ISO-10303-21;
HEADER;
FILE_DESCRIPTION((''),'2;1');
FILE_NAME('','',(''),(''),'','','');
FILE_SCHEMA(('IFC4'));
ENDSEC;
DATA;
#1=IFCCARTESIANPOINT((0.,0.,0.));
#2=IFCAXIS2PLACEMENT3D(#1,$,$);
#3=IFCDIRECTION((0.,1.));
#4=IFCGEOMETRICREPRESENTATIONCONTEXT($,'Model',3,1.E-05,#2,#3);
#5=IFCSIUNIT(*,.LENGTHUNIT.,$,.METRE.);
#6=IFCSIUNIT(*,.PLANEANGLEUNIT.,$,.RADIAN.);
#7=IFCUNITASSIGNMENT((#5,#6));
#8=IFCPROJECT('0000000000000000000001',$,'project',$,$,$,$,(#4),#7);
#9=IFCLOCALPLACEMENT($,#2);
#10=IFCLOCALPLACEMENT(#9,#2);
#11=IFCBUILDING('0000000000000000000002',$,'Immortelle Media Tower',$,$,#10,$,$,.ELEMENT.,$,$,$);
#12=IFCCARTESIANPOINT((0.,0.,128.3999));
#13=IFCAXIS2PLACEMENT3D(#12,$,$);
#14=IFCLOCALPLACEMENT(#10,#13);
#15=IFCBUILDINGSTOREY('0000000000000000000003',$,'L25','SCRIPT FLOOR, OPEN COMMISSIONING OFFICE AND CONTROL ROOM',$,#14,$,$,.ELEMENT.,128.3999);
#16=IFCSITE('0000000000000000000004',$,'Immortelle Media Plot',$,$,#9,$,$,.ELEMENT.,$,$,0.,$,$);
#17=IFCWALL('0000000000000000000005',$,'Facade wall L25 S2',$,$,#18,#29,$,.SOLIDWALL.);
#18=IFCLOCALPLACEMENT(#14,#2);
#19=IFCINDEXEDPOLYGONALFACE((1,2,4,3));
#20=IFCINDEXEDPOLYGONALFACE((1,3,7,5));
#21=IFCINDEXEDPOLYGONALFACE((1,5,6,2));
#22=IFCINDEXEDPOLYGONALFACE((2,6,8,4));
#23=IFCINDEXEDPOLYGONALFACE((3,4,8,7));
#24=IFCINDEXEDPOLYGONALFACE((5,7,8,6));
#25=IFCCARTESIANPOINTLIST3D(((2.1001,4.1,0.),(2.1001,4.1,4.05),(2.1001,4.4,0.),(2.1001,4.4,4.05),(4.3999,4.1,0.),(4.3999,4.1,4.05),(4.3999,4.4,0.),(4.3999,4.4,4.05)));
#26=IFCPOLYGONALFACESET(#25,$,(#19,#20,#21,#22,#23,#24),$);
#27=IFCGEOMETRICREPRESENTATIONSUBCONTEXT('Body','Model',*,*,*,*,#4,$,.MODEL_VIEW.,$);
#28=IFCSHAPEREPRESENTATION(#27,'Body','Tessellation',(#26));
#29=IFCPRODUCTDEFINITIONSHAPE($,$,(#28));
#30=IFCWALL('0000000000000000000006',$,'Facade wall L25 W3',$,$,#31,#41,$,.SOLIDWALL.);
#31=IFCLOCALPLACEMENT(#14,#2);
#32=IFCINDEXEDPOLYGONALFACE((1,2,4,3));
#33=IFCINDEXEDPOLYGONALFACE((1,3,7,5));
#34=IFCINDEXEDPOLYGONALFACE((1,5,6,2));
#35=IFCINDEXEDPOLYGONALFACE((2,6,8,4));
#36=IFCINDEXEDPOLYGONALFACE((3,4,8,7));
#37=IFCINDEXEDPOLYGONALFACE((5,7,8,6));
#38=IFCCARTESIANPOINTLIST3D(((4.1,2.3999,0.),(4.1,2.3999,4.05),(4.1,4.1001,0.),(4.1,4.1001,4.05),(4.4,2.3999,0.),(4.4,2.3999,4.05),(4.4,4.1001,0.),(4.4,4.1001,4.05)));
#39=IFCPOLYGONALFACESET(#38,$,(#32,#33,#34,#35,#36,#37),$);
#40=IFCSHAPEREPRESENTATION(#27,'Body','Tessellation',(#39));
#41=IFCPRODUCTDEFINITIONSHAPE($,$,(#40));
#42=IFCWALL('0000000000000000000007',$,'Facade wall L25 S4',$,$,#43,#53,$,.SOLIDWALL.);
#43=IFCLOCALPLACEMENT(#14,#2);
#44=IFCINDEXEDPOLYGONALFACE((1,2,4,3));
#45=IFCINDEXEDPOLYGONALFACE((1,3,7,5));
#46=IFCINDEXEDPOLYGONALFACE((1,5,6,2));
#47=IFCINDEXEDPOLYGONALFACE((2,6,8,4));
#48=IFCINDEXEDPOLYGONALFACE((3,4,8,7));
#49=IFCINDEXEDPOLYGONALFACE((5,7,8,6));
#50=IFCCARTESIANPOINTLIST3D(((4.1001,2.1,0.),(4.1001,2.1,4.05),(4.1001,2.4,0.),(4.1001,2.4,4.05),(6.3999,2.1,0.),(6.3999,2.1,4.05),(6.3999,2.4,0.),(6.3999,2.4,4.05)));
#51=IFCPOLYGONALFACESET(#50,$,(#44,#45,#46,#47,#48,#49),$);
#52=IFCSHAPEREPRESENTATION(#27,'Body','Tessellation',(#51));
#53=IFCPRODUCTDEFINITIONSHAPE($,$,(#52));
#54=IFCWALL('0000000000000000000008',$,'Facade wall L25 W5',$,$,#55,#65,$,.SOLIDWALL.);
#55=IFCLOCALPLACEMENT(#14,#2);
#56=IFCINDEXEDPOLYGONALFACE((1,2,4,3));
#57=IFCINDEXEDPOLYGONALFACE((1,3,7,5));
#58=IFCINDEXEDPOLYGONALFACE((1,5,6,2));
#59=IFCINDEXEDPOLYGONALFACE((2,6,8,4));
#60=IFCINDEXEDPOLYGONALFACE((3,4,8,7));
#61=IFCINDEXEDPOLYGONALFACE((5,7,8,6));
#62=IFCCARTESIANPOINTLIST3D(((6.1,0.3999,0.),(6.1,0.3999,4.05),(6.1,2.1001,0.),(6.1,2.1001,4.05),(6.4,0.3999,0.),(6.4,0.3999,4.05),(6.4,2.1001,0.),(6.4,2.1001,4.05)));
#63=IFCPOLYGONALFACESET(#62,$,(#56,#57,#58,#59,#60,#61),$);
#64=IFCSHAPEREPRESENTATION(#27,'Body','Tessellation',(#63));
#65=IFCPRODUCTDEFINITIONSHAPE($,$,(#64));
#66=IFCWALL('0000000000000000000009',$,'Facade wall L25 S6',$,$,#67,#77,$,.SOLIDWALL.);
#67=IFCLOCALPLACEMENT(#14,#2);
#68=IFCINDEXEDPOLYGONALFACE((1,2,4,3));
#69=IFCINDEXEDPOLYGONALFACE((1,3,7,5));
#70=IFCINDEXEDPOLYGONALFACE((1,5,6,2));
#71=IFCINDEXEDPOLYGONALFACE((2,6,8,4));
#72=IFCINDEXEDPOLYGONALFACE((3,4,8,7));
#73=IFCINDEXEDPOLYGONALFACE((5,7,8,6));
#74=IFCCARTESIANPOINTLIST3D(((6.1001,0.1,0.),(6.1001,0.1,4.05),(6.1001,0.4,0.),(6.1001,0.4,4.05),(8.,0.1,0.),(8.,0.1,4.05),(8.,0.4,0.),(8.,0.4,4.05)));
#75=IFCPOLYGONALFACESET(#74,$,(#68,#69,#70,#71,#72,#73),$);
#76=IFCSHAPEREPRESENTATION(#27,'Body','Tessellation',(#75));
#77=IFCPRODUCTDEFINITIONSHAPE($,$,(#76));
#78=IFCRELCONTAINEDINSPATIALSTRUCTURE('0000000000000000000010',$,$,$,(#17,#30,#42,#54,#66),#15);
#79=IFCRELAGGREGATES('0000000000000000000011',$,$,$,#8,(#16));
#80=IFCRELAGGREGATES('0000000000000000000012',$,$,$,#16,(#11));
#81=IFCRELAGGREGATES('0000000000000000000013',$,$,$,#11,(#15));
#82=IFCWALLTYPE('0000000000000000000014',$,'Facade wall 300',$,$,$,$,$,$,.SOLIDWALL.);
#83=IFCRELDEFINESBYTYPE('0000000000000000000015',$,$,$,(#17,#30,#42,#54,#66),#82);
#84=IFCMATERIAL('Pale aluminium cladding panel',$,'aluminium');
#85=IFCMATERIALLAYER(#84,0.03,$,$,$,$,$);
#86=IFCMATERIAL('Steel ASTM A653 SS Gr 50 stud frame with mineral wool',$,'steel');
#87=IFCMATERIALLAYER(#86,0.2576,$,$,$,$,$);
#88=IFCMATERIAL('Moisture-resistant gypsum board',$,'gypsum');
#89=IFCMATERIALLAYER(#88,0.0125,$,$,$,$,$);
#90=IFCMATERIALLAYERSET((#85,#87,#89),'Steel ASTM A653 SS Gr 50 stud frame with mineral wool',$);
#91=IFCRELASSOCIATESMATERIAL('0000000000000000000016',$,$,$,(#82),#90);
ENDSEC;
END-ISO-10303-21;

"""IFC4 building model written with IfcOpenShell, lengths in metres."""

from ifc_helpers import new_model, si_unit, direction, frame, frame_2d, origin, place, context, subcontext, project, spatial, rectangle, extrude, material, layer, layer_set, type_object, element, save


model = new_model("IFC4")

# Units and contexts
model_context = context("Model", 3, precision=1e-05, world=origin(), true_north=direction((0.0, 1.0)))
body_context = subcontext(model_context, "Body", "Model", "MODEL_VIEW")
ifc_project = project(units=[si_unit("LENGTHUNIT", "METRE"), si_unit("PLANEANGLEUNIT", "RADIAN")], contexts=[model_context])

# Site, building, storey
site_placement = place(None, origin())
site = spatial("IfcSite", under=ifc_project, at=site_placement, Name="Immortelle Media Plot", CompositionType="ELEMENT", RefElevation=0.0)
building_placement = place(site_placement, origin())
building = spatial("IfcBuilding", under=site, at=building_placement, Name="Immortelle Media Tower", CompositionType="ELEMENT")
storey_placement = place(building_placement, frame((0.0, 0.0, 128.3999)))
storey = spatial("IfcBuildingStorey", under=building, at=storey_placement, Name="L25", Description="SCRIPT FLOOR, OPEN COMMISSIONING OFFICE AND CONTROL ROOM", CompositionType="ELEMENT", Elevation=128.3999)

# Shared definitions
ifc_material_1 = material(Name="Steel ASTM A653 SS Gr 50 stud frame with mineral wool", Category="steel")

# Walls
ifc_material_2 = material(Name="Pale aluminium cladding panel", Category="aluminium")
ifc_layer_1 = layer(ifc_material_2, 0.03)
ifc_layer_2 = layer(ifc_material_1, 0.2576)
ifc_material_3 = material(Name="Moisture-resistant gypsum board", Category="gypsum")
ifc_layer_3 = layer(ifc_material_3, 0.0125)
ifc_layer_set_1 = layer_set([ifc_layer_1, ifc_layer_2, ifc_layer_3], Name="Steel ASTM A653 SS Gr 50 stud frame with mineral wool")
wall_type_1 = type_object("IfcWallType", Name="Facade wall 300", PredefinedType="SOLIDWALL", material=ifc_layer_set_1)
wall_1_placement = place(storey_placement, frame((2.1001, 4.25, 0.0), z_axis=(0.0, 0.0, 1.0), x_axis=(1.0, 0.0, 0.0)))
element("IfcWall", 1, at=wall_1_placement, inside=storey, type_object=wall_type_1, Name="Facade wall L25 S2", PredefinedType="SOLIDWALL", context=body_context, shape_type="SweptSolid", body=[
    extrude(rectangle(XDim=2.2998, YDim=0.3, at=frame_2d((1.1499, 0.0))), origin(), (0.0, 0.0, 1.0), 4.05),
])
wall_2_placement = place(storey_placement, frame((4.25, 4.1001, 0.0), z_axis=(0.0, 0.0, 1.0), x_axis=(0.0, -1.0, 0.0)))
element("IfcWall", 2, at=wall_2_placement, inside=storey, type_object=wall_type_1, Name="Facade wall L25 W3", PredefinedType="SOLIDWALL", context=body_context, shape_type="SweptSolid", body=[
    extrude(rectangle(XDim=1.7002, YDim=0.3, at=frame_2d((0.8501, 0.0))), origin(), (0.0, 0.0, 1.0), 4.05),
])
wall_3_placement = place(storey_placement, frame((4.1001, 2.25, 0.0), z_axis=(0.0, 0.0, 1.0), x_axis=(1.0, 0.0, 0.0)))
element("IfcWall", 3, at=wall_3_placement, inside=storey, type_object=wall_type_1, Name="Facade wall L25 S4", PredefinedType="SOLIDWALL", context=body_context, shape_type="SweptSolid", body=[
    extrude(rectangle(XDim=2.2998, YDim=0.3, at=frame_2d((1.1499, 0.0))), origin(), (0.0, 0.0, 1.0), 4.05),
])
wall_4_placement = place(storey_placement, frame((6.25, 2.1001, 0.0), z_axis=(0.0, 0.0, 1.0), x_axis=(0.0, -1.0, 0.0)))
element("IfcWall", 4, at=wall_4_placement, inside=storey, type_object=wall_type_1, Name="Facade wall L25 W5", PredefinedType="SOLIDWALL", context=body_context, shape_type="SweptSolid", body=[
    extrude(rectangle(XDim=1.7002, YDim=0.3, at=frame_2d((0.8501, 0.0))), origin(), (0.0, 0.0, 1.0), 4.05),
])
wall_5_placement = place(storey_placement, frame((6.1001, 0.25, 0.0), z_axis=(0.0, 0.0, 1.0), x_axis=(1.0, 0.0, 0.0)))
element("IfcWall", 5, at=wall_5_placement, inside=storey, type_object=wall_type_1, Name="Facade wall L25 S6", PredefinedType="SOLIDWALL", context=body_context, shape_type="SweptSolid", body=[
    extrude(rectangle(XDim=1.8999, YDim=0.3, at=frame_2d((0.95, 0.0))), origin(), (0.0, 0.0, 1.0), 4.05),
])

save(model, "model.ifc")
